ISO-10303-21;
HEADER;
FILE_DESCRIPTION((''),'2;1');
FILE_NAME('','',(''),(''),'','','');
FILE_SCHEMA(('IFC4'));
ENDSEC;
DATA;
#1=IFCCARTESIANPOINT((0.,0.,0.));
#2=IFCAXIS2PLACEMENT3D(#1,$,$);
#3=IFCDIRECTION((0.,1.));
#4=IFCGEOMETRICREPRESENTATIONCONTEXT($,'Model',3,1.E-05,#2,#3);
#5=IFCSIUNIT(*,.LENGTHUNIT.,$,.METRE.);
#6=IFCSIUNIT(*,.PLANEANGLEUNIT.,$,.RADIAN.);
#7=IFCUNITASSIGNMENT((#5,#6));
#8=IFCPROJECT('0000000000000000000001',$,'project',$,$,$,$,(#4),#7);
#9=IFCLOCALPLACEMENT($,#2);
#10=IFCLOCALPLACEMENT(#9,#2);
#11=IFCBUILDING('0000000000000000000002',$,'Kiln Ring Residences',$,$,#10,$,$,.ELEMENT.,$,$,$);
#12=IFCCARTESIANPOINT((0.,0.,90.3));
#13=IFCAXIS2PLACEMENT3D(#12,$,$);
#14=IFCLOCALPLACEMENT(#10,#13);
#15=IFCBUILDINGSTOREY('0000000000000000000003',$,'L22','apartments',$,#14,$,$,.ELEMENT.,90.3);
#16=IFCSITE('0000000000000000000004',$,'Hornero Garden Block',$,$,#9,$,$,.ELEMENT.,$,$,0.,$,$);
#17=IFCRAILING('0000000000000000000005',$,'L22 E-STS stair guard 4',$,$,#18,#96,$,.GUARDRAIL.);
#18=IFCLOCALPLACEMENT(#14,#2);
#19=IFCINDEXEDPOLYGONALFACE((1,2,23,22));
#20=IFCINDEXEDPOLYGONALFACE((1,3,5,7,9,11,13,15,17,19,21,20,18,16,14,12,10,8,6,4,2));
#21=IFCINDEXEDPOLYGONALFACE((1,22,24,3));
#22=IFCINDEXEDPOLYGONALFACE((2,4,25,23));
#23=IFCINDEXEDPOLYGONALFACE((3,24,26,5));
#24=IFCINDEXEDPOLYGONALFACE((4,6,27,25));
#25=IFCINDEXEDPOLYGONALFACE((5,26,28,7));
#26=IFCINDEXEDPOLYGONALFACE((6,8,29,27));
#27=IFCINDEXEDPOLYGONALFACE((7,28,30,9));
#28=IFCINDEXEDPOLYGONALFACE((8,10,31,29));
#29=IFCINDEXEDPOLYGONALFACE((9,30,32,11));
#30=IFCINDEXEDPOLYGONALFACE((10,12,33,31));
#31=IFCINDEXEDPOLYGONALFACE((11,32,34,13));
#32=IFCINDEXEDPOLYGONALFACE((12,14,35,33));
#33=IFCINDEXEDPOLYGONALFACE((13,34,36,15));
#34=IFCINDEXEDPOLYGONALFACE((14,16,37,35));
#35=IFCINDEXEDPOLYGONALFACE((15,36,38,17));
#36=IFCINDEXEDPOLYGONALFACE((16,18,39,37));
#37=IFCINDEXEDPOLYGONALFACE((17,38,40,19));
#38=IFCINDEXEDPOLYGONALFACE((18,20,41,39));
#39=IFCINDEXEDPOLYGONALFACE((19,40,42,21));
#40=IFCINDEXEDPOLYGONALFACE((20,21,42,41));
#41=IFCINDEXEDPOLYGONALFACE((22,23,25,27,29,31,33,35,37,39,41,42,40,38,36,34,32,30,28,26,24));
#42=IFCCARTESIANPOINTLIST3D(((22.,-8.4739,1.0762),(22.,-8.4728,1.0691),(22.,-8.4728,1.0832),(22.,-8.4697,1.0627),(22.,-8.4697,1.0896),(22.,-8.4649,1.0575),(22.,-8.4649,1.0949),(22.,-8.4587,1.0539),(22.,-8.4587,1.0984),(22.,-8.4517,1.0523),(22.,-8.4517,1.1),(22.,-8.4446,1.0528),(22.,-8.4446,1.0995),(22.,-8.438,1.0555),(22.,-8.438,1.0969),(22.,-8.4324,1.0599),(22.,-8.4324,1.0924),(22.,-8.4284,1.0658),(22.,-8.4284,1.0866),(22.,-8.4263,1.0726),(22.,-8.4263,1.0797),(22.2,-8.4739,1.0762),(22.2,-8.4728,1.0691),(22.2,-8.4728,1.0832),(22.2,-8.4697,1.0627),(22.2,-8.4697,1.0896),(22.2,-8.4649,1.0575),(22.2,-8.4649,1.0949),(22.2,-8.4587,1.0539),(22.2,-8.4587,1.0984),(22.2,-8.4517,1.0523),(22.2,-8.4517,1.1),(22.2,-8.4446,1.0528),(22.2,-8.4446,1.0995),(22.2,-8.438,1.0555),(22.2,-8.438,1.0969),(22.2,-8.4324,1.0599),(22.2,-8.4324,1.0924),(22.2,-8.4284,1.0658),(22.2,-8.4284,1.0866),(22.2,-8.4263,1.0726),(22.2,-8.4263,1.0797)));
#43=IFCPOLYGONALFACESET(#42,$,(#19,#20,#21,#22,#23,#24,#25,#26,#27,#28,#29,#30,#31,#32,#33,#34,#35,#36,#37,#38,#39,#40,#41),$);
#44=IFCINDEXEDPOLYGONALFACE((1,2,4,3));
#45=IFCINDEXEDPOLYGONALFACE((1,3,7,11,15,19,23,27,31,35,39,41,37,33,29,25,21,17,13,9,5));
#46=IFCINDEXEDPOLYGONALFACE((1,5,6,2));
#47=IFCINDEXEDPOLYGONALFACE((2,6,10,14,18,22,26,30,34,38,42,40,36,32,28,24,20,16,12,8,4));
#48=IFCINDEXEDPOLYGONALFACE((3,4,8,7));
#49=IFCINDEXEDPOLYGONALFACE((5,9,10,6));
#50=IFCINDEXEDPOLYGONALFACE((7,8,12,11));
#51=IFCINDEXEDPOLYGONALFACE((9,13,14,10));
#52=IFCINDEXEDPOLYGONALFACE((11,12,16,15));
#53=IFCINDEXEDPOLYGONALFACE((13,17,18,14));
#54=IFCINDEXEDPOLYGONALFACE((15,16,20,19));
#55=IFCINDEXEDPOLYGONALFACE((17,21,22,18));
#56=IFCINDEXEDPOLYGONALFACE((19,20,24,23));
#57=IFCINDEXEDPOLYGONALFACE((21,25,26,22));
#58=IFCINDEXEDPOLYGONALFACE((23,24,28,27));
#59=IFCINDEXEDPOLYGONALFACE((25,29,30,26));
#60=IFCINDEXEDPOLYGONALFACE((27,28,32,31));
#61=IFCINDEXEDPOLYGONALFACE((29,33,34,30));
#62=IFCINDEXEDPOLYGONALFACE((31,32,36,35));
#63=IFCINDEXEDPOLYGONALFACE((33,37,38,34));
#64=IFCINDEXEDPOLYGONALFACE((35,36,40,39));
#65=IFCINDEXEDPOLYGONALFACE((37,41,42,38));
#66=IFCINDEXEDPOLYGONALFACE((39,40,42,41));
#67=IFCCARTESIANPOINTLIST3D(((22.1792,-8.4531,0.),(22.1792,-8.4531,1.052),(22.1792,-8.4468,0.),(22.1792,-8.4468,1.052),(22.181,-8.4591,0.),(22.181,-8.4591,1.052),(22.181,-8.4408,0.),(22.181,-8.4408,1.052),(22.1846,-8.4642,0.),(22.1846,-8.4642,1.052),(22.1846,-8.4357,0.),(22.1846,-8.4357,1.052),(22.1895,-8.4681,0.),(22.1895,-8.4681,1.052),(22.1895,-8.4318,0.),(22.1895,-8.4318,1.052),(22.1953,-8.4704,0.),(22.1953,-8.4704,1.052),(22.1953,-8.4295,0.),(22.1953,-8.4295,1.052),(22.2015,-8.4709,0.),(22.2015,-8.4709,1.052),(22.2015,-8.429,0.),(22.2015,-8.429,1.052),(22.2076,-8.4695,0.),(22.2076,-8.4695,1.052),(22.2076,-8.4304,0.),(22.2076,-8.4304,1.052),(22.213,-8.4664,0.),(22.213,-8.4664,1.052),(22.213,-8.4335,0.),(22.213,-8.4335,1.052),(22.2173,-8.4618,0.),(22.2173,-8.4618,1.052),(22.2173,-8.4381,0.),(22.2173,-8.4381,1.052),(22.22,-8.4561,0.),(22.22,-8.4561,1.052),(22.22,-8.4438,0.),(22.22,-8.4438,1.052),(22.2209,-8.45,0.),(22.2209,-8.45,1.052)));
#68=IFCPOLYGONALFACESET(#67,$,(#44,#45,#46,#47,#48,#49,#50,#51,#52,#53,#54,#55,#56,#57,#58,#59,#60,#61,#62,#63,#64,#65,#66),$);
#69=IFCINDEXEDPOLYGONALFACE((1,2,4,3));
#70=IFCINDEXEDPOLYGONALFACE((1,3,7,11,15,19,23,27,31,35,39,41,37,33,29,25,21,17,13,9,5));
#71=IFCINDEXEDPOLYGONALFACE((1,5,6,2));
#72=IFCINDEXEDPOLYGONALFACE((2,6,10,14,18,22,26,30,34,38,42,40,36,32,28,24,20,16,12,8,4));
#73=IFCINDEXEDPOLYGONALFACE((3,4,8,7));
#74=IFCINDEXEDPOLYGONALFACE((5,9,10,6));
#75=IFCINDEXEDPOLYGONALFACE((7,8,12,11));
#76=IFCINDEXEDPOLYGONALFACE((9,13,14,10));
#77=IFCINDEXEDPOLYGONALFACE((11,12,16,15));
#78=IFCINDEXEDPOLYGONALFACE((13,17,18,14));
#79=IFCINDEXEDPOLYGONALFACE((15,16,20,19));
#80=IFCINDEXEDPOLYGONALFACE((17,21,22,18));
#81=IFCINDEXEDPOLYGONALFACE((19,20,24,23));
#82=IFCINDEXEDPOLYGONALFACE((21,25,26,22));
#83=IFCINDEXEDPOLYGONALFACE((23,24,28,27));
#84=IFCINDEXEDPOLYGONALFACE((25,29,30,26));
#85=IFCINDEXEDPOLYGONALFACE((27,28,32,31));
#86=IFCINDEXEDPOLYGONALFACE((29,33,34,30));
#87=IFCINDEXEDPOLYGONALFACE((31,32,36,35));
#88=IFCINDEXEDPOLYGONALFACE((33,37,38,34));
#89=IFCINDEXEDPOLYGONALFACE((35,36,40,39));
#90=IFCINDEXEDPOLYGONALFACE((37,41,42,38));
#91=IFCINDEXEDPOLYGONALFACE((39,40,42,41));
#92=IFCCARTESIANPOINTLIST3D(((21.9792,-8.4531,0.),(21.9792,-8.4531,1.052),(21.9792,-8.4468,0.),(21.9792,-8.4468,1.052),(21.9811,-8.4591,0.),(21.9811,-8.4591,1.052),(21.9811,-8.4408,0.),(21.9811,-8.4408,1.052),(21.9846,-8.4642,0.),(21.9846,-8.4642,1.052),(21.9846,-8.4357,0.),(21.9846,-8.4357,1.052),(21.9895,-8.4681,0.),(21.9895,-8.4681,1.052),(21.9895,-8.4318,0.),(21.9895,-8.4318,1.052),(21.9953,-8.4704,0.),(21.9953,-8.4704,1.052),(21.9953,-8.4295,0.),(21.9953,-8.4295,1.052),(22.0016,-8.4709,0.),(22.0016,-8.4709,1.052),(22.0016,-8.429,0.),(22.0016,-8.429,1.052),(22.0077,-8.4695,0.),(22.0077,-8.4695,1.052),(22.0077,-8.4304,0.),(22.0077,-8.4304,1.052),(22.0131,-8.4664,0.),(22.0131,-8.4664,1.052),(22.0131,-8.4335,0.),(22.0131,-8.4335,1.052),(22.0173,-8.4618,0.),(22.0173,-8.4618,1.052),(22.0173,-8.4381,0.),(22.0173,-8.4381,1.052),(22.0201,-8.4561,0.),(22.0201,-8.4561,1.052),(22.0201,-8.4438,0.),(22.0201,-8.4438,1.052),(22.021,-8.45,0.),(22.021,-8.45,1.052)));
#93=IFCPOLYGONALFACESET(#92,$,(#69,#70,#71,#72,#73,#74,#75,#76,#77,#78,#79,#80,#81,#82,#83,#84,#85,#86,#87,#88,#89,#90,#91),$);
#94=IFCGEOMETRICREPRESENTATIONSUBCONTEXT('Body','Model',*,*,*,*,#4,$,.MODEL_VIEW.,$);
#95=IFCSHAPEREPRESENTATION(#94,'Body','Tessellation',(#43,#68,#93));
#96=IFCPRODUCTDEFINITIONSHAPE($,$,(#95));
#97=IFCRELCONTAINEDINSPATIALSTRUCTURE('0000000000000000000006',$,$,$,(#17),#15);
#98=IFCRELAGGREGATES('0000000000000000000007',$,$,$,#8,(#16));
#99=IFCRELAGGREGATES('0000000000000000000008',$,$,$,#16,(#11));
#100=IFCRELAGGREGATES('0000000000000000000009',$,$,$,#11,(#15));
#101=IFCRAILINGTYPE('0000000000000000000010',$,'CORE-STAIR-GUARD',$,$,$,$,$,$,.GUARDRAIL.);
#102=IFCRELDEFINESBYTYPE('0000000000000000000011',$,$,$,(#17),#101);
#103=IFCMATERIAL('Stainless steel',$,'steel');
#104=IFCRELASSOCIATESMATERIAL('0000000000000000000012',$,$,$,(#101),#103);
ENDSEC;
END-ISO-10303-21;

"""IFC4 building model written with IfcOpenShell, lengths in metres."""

from ifc_helpers import new_model, si_unit, direction, frame, origin, origin_2d, place, context, subcontext, project, spatial, circle, extrude, material, type_object, element, save


model = new_model("IFC4")

# Units and contexts
model_context = context("Model", 3, precision=1e-05, world=origin(), true_north=direction((0.0, 1.0)))
body_context = subcontext(model_context, "Body", "Model", "MODEL_VIEW")
ifc_project = project(units=[si_unit("LENGTHUNIT", "METRE"), si_unit("PLANEANGLEUNIT", "RADIAN")], contexts=[model_context])

# Site, building, storey
site_placement = place(None, origin())
site = spatial("IfcSite", under=ifc_project, at=site_placement, Name="Hornero Garden Block", CompositionType="ELEMENT", RefElevation=0.0)
building_placement = place(site_placement, origin())
building = spatial("IfcBuilding", under=site, at=building_placement, Name="Kiln Ring Residences", CompositionType="ELEMENT")
storey_placement = place(building_placement, frame((0.0, 0.0, 90.3)))
storey = spatial("IfcBuildingStorey", under=building, at=storey_placement, Name="L22", Description="apartments", CompositionType="ELEMENT", Elevation=90.3)

# Railing
ifc_material_1 = material(Name="Stainless steel", Category="steel")
railing_type_1 = type_object("IfcRailingType", Name="CORE-STAIR-GUARD", PredefinedType="GUARDRAIL", material=ifc_material_1)
railing_1_placement = place(storey_placement, frame((22.2, -8.45, 0.0)))
element("IfcRailing", 1, at=railing_1_placement, inside=storey, type_object=railing_type_1, Name="L22 E-STS stair guard 4", PredefinedType="GUARDRAIL", context=body_context, shape_type="SweptSolid", body=[
    extrude(circle(Radius=0.0239, at=origin_2d()), frame((0.0, 0.0, 1.0762), z_axis=(-1.0, 0.0, 0.0), x_axis=(0.0, -1.0, 0.0)), (0.0, 0.0, 1.0), 0.2),
    extrude(circle(Radius=0.021, at=origin_2d()), origin(), (0.0, 0.0, 1.0), 1.052),
    extrude(circle(Radius=0.021, at=origin_2d()), frame((-0.2, 0.0, 0.0)), (0.0, 0.0, 1.0), 1.052),
])

save(model, "model.ifc")
